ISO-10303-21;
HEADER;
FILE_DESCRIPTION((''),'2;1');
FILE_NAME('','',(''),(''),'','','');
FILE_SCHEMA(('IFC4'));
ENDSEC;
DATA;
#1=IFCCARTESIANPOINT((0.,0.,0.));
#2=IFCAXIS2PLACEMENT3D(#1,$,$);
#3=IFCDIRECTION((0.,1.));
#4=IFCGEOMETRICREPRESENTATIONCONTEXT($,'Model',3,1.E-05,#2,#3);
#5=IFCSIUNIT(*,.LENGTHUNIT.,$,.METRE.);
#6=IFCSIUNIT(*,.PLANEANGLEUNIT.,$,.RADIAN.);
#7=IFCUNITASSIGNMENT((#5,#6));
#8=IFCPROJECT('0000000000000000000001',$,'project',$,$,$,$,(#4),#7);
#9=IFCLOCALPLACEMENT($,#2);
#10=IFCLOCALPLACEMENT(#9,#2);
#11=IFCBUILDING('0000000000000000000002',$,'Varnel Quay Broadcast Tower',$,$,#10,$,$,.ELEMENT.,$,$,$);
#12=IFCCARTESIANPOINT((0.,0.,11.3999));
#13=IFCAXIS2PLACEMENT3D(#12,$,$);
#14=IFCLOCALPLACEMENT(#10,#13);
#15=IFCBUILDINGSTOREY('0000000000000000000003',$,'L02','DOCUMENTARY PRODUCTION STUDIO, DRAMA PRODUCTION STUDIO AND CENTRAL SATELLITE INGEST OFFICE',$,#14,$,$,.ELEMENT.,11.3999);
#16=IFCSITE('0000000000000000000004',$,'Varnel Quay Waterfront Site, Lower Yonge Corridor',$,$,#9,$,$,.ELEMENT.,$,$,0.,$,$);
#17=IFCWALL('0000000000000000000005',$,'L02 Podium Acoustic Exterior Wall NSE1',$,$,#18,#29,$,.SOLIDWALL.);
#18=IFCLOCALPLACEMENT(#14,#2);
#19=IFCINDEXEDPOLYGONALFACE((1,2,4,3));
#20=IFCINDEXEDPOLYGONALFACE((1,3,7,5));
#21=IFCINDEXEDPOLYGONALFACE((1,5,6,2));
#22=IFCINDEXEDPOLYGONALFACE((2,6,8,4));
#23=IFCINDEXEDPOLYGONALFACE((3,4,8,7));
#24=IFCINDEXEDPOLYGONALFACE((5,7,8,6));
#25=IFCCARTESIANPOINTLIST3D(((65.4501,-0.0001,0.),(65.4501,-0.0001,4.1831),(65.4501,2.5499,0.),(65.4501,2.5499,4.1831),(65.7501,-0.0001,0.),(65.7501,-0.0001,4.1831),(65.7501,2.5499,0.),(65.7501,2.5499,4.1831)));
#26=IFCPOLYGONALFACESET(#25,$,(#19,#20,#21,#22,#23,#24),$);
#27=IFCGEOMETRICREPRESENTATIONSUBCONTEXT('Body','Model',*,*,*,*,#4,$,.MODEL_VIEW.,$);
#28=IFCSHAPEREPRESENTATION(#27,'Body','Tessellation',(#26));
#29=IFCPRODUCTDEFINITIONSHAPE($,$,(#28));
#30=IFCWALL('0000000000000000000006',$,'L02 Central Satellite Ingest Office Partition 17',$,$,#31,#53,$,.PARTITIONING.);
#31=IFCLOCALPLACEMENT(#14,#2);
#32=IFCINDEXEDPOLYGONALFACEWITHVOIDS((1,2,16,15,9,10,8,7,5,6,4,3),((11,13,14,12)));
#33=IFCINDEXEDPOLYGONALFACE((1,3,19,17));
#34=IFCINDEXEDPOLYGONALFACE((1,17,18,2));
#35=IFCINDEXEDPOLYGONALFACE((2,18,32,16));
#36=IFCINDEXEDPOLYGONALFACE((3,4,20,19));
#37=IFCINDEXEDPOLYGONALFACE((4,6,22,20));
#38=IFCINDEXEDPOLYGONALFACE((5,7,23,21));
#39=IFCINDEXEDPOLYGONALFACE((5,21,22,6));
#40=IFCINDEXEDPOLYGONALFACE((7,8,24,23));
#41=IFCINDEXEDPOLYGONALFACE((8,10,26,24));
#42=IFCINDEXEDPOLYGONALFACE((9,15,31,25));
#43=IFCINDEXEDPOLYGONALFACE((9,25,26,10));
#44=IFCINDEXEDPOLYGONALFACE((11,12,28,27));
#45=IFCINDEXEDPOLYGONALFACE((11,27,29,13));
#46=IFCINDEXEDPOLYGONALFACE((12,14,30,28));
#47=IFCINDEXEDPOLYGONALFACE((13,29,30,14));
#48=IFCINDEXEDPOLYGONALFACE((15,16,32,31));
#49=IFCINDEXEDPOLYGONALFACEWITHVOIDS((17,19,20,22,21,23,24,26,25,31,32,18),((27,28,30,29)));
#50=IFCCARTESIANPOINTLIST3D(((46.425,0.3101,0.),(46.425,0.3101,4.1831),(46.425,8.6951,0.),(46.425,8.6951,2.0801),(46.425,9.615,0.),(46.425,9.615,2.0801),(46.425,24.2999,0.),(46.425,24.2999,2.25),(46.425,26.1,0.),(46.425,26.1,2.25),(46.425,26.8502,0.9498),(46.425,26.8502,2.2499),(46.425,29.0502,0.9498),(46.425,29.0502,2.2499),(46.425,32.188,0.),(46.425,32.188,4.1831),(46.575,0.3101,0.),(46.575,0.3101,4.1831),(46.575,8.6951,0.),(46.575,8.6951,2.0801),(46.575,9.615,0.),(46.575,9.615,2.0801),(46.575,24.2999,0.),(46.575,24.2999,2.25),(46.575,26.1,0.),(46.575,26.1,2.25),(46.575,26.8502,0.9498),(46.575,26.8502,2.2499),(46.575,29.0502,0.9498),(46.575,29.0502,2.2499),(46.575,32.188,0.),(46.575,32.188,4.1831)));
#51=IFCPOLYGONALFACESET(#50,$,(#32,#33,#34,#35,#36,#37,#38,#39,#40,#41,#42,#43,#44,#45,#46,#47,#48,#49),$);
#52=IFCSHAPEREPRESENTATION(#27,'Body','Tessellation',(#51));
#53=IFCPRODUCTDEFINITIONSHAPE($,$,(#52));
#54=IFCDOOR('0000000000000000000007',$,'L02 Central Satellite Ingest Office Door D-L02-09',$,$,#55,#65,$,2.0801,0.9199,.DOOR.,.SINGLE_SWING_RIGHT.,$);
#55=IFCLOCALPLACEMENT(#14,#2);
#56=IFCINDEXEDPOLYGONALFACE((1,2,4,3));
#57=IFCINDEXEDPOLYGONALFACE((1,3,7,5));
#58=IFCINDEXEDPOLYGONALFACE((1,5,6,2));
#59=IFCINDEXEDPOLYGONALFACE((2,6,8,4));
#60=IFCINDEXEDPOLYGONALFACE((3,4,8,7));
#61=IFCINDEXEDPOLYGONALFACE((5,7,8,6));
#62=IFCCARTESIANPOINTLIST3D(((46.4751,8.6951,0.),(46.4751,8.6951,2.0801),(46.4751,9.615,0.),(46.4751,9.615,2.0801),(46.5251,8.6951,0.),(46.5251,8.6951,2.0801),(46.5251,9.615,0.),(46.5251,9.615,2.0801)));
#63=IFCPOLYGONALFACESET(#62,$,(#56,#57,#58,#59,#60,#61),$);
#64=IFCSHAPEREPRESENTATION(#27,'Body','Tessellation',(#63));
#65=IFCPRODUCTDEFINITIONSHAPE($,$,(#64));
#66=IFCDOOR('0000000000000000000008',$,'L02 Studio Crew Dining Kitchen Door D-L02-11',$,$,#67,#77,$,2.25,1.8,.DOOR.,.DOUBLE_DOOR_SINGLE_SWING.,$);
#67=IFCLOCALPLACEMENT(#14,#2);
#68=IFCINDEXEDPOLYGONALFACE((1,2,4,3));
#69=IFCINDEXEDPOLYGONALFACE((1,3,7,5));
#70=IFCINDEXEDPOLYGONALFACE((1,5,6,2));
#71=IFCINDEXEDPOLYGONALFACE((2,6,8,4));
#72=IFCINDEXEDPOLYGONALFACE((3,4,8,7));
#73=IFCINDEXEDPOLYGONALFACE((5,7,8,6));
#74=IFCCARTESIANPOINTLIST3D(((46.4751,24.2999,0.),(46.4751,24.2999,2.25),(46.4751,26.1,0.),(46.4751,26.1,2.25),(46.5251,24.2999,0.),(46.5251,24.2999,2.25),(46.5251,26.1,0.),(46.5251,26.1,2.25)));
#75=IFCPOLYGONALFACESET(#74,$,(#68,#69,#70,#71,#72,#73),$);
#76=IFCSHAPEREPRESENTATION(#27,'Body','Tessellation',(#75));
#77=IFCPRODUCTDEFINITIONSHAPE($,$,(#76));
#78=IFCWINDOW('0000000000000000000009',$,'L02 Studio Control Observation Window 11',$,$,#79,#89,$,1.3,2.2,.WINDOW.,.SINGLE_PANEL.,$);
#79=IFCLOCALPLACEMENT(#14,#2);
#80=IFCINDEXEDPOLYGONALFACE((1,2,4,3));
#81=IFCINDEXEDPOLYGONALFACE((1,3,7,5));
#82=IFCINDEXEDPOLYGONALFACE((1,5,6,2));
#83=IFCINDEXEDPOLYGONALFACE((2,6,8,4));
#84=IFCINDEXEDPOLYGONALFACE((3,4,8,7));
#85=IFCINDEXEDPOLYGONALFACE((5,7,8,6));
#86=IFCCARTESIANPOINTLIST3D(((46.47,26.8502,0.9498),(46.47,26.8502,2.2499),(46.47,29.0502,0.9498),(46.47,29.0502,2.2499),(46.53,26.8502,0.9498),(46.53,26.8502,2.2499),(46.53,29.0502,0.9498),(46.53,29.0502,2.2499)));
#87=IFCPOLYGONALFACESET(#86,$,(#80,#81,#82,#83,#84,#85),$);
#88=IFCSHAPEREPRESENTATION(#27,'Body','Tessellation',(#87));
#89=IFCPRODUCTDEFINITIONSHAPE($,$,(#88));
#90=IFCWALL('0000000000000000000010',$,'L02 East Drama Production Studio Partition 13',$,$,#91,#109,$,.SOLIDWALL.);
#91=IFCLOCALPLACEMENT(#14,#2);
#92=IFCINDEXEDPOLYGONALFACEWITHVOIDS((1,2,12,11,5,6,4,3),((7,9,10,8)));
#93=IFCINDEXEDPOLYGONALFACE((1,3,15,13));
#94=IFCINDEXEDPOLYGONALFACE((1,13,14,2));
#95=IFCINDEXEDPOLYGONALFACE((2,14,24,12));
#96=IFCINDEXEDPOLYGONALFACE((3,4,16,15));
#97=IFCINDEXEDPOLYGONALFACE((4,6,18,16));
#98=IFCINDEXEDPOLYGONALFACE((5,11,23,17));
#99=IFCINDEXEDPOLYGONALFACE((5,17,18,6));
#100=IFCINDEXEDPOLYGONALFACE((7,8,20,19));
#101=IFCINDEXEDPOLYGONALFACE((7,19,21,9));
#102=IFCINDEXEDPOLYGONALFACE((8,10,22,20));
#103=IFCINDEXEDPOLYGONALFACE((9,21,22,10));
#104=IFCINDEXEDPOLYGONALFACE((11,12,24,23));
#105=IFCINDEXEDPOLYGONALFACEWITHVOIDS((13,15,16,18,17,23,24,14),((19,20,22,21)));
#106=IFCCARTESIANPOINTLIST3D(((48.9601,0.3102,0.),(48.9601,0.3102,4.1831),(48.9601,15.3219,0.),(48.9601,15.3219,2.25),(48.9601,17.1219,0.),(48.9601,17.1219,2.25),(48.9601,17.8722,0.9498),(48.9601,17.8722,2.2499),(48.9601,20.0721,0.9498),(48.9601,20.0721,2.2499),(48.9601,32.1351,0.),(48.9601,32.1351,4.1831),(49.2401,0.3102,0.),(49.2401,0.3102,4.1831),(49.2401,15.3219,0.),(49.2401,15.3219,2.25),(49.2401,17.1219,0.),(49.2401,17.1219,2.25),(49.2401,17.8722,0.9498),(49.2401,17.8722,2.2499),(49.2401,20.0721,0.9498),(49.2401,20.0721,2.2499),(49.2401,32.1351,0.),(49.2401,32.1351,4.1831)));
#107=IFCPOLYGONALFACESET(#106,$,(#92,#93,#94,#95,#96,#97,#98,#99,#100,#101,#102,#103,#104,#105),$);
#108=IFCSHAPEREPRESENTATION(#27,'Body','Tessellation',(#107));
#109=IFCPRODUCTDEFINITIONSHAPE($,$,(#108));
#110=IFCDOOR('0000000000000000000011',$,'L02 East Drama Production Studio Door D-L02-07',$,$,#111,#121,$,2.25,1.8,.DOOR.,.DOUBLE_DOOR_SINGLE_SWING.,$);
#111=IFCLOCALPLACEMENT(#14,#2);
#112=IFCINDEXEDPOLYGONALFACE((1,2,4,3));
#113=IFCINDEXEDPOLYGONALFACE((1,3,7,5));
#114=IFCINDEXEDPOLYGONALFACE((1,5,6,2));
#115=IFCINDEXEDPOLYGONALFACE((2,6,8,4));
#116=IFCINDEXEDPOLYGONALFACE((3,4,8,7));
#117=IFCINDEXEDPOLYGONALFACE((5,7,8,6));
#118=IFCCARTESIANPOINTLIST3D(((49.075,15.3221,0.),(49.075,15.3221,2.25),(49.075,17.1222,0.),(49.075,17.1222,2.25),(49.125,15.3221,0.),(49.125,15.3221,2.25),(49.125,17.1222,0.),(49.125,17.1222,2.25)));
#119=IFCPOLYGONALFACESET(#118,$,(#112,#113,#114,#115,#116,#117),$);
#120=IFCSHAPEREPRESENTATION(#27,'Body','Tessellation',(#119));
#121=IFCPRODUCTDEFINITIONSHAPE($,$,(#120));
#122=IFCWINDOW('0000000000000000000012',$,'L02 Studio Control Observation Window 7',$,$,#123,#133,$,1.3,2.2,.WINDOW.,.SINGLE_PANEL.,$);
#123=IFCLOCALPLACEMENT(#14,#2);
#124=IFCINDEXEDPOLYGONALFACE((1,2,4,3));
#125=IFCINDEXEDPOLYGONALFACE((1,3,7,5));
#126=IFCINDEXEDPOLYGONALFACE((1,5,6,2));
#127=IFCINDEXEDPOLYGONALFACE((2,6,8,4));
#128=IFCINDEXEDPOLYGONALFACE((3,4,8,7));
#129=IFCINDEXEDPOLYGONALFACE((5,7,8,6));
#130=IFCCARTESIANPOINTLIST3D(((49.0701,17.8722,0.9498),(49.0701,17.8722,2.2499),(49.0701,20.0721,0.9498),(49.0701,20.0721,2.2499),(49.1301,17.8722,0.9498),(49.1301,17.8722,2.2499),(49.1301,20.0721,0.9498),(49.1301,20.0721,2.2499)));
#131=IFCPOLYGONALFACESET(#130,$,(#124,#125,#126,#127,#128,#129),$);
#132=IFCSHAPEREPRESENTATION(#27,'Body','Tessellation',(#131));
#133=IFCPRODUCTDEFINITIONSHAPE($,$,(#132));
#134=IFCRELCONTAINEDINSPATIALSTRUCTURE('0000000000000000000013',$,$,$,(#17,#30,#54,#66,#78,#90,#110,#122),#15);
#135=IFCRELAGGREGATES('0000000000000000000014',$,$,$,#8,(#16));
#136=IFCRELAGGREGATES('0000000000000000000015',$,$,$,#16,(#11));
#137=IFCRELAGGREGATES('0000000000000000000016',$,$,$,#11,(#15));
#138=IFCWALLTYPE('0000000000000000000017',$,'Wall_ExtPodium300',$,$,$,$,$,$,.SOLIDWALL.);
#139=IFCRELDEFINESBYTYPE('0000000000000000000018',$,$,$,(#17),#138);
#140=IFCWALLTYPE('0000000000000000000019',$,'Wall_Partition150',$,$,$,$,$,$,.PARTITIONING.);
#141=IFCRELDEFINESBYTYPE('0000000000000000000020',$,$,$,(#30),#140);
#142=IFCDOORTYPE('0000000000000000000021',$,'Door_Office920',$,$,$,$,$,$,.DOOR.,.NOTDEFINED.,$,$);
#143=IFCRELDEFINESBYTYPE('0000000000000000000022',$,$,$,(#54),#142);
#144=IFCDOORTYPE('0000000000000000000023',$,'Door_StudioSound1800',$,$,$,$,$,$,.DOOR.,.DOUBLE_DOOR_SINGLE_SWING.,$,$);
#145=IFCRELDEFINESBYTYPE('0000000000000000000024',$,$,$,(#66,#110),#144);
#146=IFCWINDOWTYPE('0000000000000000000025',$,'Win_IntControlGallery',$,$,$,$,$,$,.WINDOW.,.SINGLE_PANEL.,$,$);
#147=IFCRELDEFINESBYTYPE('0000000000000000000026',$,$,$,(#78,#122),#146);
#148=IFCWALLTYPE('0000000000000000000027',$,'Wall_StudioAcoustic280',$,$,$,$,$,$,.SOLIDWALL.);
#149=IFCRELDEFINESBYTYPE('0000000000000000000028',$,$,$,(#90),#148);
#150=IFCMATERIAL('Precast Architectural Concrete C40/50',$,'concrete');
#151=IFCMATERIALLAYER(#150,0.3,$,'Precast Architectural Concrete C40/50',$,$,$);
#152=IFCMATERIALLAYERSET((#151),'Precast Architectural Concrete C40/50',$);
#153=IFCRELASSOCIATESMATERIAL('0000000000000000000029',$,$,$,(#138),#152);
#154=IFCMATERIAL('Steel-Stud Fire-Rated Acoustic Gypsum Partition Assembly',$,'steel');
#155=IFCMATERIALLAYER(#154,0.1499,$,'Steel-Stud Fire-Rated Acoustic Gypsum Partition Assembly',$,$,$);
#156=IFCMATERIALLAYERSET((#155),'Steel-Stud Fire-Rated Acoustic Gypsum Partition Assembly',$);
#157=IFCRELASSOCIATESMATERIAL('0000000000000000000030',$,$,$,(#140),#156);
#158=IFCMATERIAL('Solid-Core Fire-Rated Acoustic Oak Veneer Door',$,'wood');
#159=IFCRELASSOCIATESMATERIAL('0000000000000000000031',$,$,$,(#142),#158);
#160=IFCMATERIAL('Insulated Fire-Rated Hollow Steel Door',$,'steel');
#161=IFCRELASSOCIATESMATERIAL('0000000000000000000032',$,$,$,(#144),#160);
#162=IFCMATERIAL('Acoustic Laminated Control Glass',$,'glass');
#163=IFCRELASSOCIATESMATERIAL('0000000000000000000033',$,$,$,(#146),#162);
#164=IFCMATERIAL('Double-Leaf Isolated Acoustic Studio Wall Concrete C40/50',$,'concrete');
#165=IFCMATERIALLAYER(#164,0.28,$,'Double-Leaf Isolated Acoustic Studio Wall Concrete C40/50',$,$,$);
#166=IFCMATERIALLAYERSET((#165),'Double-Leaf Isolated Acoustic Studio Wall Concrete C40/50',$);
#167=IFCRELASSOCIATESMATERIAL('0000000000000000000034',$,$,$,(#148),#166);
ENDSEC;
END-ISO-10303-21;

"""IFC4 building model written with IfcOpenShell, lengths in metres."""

from ifc_helpers import new_model, si_unit, direction, frame, frame_2d, origin, place, context, subcontext, project, spatial, rectangle, extrude, source, transform, mapped, material, layer, layer_set, type_object, type_shapes, element, fill, save


model = new_model("IFC4")

# Units and contexts
model_context = context("Model", 3, precision=1e-05, world=origin(), true_north=direction((0.0, 1.0)))
body_context = subcontext(model_context, "Body", "Model", "MODEL_VIEW")
ifc_project = project(units=[si_unit("LENGTHUNIT", "METRE"), si_unit("PLANEANGLEUNIT", "RADIAN")], contexts=[model_context])

# Site, building, storey
site_placement = place(None, origin())
site = spatial("IfcSite", under=ifc_project, at=site_placement, Name="Varnel Quay Waterfront Site, Lower Yonge Corridor", CompositionType="ELEMENT", RefElevation=0.0)
building_placement = place(site_placement, origin())
building = spatial("IfcBuilding", under=site, at=building_placement, Name="Varnel Quay Broadcast Tower", CompositionType="ELEMENT")
storey_placement = place(building_placement, frame((0.0, 0.0, 11.3999)))
storey = spatial("IfcBuildingStorey", under=building, at=storey_placement, Name="L02", Description="DOCUMENTARY PRODUCTION STUDIO, DRAMA PRODUCTION STUDIO AND CENTRAL SATELLITE INGEST OFFICE", CompositionType="ELEMENT", Elevation=11.3999)

# Shared definitions
ifc_material_1 = material(Name="Precast Architectural Concrete C40/50", Category="concrete")
ifc_layer_1 = layer(ifc_material_1, 0.3, Name="Precast Architectural Concrete C40/50")
ifc_layer_set_1 = layer_set([ifc_layer_1], Name="Precast Architectural Concrete C40/50")
wall_type_1 = type_object("IfcWallType", Name="Wall_ExtPodium300", PredefinedType="SOLIDWALL", material=ifc_layer_set_1)

# Wall
wall_1_placement = place(storey_placement, frame((65.6001, 0.0, 0.0), z_axis=(0.0, 0.0, 1.0), x_axis=(0.0, 1.0, 0.0)))
element("IfcWall", 1, at=wall_1_placement, inside=storey, type_object=wall_type_1, Name="L02 Podium Acoustic Exterior Wall NSE1", PredefinedType="SOLIDWALL", context=body_context, shape_type="SweptSolid", body=[
    extrude(rectangle(XDim=2.55, YDim=0.3, at=frame_2d((1.2749, 0.0))), origin(), (0.0, 0.0, 1.0), 4.1831),
])

# Wall, openings, doors, window
ifc_material_2 = material(Name="Steel-Stud Fire-Rated Acoustic Gypsum Partition Assembly", Category="steel")
ifc_layer_2 = layer(ifc_material_2, 0.1499, Name="Steel-Stud Fire-Rated Acoustic Gypsum Partition Assembly")
ifc_layer_set_2 = layer_set([ifc_layer_2], Name="Steel-Stud Fire-Rated Acoustic Gypsum Partition Assembly")
wall_type_2 = type_object("IfcWallType", Name="Wall_Partition150", PredefinedType="PARTITIONING", material=ifc_layer_set_2)
wall_2_placement = place(storey_placement, frame((46.5, 0.3101, 0.0), z_axis=(0.0, 0.0, 1.0), x_axis=(0.0, 1.0, 0.0)))
wall_2 = element("IfcWall", 2, at=wall_2_placement, inside=storey, type_object=wall_type_2, Name="L02 Central Satellite Ingest Office Partition 17", PredefinedType="PARTITIONING", context=body_context, shape_type="SweptSolid", body=[
    extrude(rectangle(XDim=31.8779, YDim=0.1499, at=frame_2d((15.939, 0.0))), origin(), (0.0, 0.0, 1.0), 4.1831),
])
opening_1_placement = place(wall_2_placement, frame((8.385, 0.0, 0.0)))
opening_1 = element("IfcOpeningElement", 3, at=opening_1_placement, cuts=wall_2, PredefinedType="OPENING", context=body_context, shape_type="SweptSolid", body=[
    extrude(rectangle(XDim=0.9199, YDim=2.0801, at=frame_2d((0.46, 1.04))), frame((0.0, 0.085, 0.0), z_axis=(0.0, -1.0, 0.0), x_axis=(1.0, 0.0, 0.0)), (0.0, 0.0, 1.0), 0.1699),
])
opening_2_placement = place(wall_2_placement, frame((23.99, 0.0, 0.0)))
opening_2 = element("IfcOpeningElement", 4, at=opening_2_placement, cuts=wall_2, PredefinedType="OPENING", context=body_context, shape_type="SweptSolid", body=[
    extrude(rectangle(XDim=1.8, YDim=2.25, at=frame_2d((0.8999, 1.125))), frame((0.0, 0.085, 0.0), z_axis=(0.0, -1.0, 0.0), x_axis=(1.0, 0.0, 0.0)), (0.0, 0.0, 1.0), 0.1699),
])
opening_3_placement = place(wall_2_placement, frame((26.54, 0.0, 0.95)))
opening_3 = element("IfcOpeningElement", 5, at=opening_3_placement, cuts=wall_2, PredefinedType="OPENING", context=body_context, shape_type="SweptSolid", body=[
    extrude(rectangle(XDim=2.2, YDim=1.3, at=frame_2d((1.1001, 0.6499))), frame((0.0, 0.085, 0.0), z_axis=(0.0, -1.0, 0.0), x_axis=(1.0, 0.0, 0.0)), (0.0, 0.0, 1.0), 0.1699),
])
ifc_material_3 = material(Name="Solid-Core Fire-Rated Acoustic Oak Veneer Door", Category="wood")
door_type_1 = type_object("IfcDoorType", Name="Door_Office920", OperationType="NOTDEFINED", PredefinedType="DOOR", material=ifc_material_3)
shared_shape_1 = source(origin(), body_context, "Body", "SweptSolid", [
    extrude(rectangle(XDim=0.9199, YDim=2.0801, at=frame_2d((0.46, 1.04))), frame((0.0, 0.0249, 0.0), z_axis=(0.0, -1.0, 0.0), x_axis=(1.0, 0.0, 0.0)), (0.0, 0.0, 1.0), 0.05),
])
type_shapes(door_type_1, [shared_shape_1])
door_1_placement = place(opening_1_placement, origin())
door_1 = element("IfcDoor", 6, at=door_1_placement, inside=storey, type_object=door_type_1, Name="L02 Central Satellite Ingest Office Door D-L02-09", OperationType="SINGLE_SWING_RIGHT", OverallHeight=2.0801, OverallWidth=0.9199, PredefinedType="DOOR", context=body_context, shape_type="MappedRepresentation", body=[
    mapped(shared_shape_1, transform((0.0, 0.0, 0.0), x_axis=(1.0, 0.0, 0.0), y_axis=(0.0, 1.0, 0.0), z_axis=(0.0, 0.0, 1.0), scale=1.0)),
])
fill(opening_1, door_1)
ifc_material_4 = material(Name="Insulated Fire-Rated Hollow Steel Door", Category="steel")
door_type_2 = type_object("IfcDoorType", Name="Door_StudioSound1800", OperationType="DOUBLE_DOOR_SINGLE_SWING", PredefinedType="DOOR", material=ifc_material_4)
shared_shape_2 = source(origin(), body_context, "Body", "SweptSolid", [
    extrude(rectangle(XDim=1.8, YDim=2.25, at=frame_2d((0.8999, 1.125))), frame((0.0, 0.0249, 0.0), z_axis=(0.0, -1.0, 0.0), x_axis=(1.0, 0.0, 0.0)), (0.0, 0.0, 1.0), 0.05),
])
type_shapes(door_type_2, [shared_shape_2])
door_2_placement = place(opening_2_placement, origin())
door_2 = element("IfcDoor", 7, at=door_2_placement, inside=storey, type_object=door_type_2, Name="L02 Studio Crew Dining Kitchen Door D-L02-11", OperationType="DOUBLE_DOOR_SINGLE_SWING", OverallHeight=2.25, OverallWidth=1.8, PredefinedType="DOOR", context=body_context, shape_type="MappedRepresentation", body=[
    mapped(shared_shape_2, transform((0.0, 0.0, 0.0), x_axis=(1.0, 0.0, 0.0), y_axis=(0.0, 1.0, 0.0), z_axis=(0.0, 0.0, 1.0), scale=1.0)),
])
fill(opening_2, door_2)
ifc_material_5 = material(Name="Acoustic Laminated Control Glass", Category="glass")
window_type_1 = type_object("IfcWindowType", Name="Win_IntControlGallery", PartitioningType="SINGLE_PANEL", PredefinedType="WINDOW", material=ifc_material_5)
shared_shape_3 = source(origin(), body_context, "Body", "SweptSolid", [
    extrude(rectangle(XDim=2.2, YDim=1.3, at=frame_2d((1.1001, 0.6499))), frame((0.0, 0.03, 0.0), z_axis=(0.0, -1.0, 0.0), x_axis=(1.0, 0.0, 0.0)), (0.0, 0.0, 1.0), 0.0601),
])
type_shapes(window_type_1, [shared_shape_3])
window_1_placement = place(opening_3_placement, origin())
window_1 = element("IfcWindow", 8, at=window_1_placement, inside=storey, type_object=window_type_1, Name="L02 Studio Control Observation Window 11", OverallHeight=1.3, OverallWidth=2.2, PartitioningType="SINGLE_PANEL", PredefinedType="WINDOW", context=body_context, shape_type="MappedRepresentation", body=[
    mapped(shared_shape_3, transform((0.0, 0.0, 0.0), x_axis=(1.0, 0.0, 0.0), y_axis=(0.0, 1.0, 0.0), z_axis=(0.0, 0.0, 1.0), scale=1.0)),
])
fill(opening_3, window_1)

# Wall, openings, door, window
ifc_material_6 = material(Name="Double-Leaf Isolated Acoustic Studio Wall Concrete C40/50", Category="concrete")
ifc_layer_3 = layer(ifc_material_6, 0.28, Name="Double-Leaf Isolated Acoustic Studio Wall Concrete C40/50")
ifc_layer_set_3 = layer_set([ifc_layer_3], Name="Double-Leaf Isolated Acoustic Studio Wall Concrete C40/50")
wall_type_3 = type_object("IfcWallType", Name="Wall_StudioAcoustic280", PredefinedType="SOLIDWALL", material=ifc_layer_set_3)
wall_3_placement = place(storey_placement, frame((49.1001, 0.3101, 0.0), z_axis=(0.0, 0.0, 1.0), x_axis=(0.0, 1.0, 0.0)))
wall_3 = element("IfcWall", 9, at=wall_3_placement, inside=storey, type_object=wall_type_3, Name="L02 East Drama Production Studio Partition 13", PredefinedType="SOLIDWALL", context=body_context, shape_type="SweptSolid", body=[
    extrude(rectangle(XDim=31.825, YDim=0.28, at=frame_2d((15.9126, 0.0))), origin(), (0.0, 0.0, 1.0), 4.1831),
])
opening_4_placement = place(wall_3_placement, frame((15.012, 0.0, 0.0)))
opening_4 = element("IfcOpeningElement", 10, at=opening_4_placement, cuts=wall_3, PredefinedType="OPENING", context=body_context, shape_type="SweptSolid", body=[
    extrude(rectangle(XDim=1.8, YDim=2.25, at=frame_2d((0.8999, 1.125))), frame((0.0, 0.1499, 0.0), z_axis=(0.0, -1.0, 0.0), x_axis=(1.0, 0.0, 0.0)), (0.0, 0.0, 1.0), 0.3),
])
opening_5_placement = place(wall_3_placement, frame((17.562, 0.0, 0.95)))
opening_5 = element("IfcOpeningElement", 11, at=opening_5_placement, cuts=wall_3, PredefinedType="OPENING", context=body_context, shape_type="SweptSolid", body=[
    extrude(rectangle(XDim=2.2, YDim=1.3, at=frame_2d((1.1001, 0.6499))), frame((0.0, 0.1499, 0.0), z_axis=(0.0, -1.0, 0.0), x_axis=(1.0, 0.0, 0.0)), (0.0, 0.0, 1.0), 0.3),
])
door_3_placement = place(opening_4_placement, frame((1.8, 0.0, 0.0), z_axis=(0.0, 0.0, 1.0), x_axis=(-1.0, 0.0, 0.0)))
door_3 = element("IfcDoor", 12, at=door_3_placement, inside=storey, type_object=door_type_2, Name="L02 East Drama Production Studio Door D-L02-07", OperationType="DOUBLE_DOOR_SINGLE_SWING", OverallHeight=2.25, OverallWidth=1.8, PredefinedType="DOOR", context=body_context, shape_type="MappedRepresentation", body=[
    mapped(shared_shape_2, transform((0.0, 0.0, 0.0), x_axis=(1.0, 0.0, 0.0), y_axis=(0.0, 1.0, 0.0), z_axis=(0.0, 0.0, 1.0), scale=1.0)),
])
fill(opening_4, door_3)
window_2_placement = place(opening_5_placement, origin())
window_2 = element("IfcWindow", 13, at=window_2_placement, inside=storey, type_object=window_type_1, Name="L02 Studio Control Observation Window 7", OverallHeight=1.3, OverallWidth=2.2, PartitioningType="SINGLE_PANEL", PredefinedType="WINDOW", context=body_context, shape_type="MappedRepresentation", body=[
    mapped(shared_shape_3, transform((0.0, 0.0, 0.0), x_axis=(1.0, 0.0, 0.0), y_axis=(0.0, 1.0, 0.0), z_axis=(0.0, 0.0, 1.0), scale=1.0)),
])
fill(opening_5, window_2)

save(model, "model.ifc")
